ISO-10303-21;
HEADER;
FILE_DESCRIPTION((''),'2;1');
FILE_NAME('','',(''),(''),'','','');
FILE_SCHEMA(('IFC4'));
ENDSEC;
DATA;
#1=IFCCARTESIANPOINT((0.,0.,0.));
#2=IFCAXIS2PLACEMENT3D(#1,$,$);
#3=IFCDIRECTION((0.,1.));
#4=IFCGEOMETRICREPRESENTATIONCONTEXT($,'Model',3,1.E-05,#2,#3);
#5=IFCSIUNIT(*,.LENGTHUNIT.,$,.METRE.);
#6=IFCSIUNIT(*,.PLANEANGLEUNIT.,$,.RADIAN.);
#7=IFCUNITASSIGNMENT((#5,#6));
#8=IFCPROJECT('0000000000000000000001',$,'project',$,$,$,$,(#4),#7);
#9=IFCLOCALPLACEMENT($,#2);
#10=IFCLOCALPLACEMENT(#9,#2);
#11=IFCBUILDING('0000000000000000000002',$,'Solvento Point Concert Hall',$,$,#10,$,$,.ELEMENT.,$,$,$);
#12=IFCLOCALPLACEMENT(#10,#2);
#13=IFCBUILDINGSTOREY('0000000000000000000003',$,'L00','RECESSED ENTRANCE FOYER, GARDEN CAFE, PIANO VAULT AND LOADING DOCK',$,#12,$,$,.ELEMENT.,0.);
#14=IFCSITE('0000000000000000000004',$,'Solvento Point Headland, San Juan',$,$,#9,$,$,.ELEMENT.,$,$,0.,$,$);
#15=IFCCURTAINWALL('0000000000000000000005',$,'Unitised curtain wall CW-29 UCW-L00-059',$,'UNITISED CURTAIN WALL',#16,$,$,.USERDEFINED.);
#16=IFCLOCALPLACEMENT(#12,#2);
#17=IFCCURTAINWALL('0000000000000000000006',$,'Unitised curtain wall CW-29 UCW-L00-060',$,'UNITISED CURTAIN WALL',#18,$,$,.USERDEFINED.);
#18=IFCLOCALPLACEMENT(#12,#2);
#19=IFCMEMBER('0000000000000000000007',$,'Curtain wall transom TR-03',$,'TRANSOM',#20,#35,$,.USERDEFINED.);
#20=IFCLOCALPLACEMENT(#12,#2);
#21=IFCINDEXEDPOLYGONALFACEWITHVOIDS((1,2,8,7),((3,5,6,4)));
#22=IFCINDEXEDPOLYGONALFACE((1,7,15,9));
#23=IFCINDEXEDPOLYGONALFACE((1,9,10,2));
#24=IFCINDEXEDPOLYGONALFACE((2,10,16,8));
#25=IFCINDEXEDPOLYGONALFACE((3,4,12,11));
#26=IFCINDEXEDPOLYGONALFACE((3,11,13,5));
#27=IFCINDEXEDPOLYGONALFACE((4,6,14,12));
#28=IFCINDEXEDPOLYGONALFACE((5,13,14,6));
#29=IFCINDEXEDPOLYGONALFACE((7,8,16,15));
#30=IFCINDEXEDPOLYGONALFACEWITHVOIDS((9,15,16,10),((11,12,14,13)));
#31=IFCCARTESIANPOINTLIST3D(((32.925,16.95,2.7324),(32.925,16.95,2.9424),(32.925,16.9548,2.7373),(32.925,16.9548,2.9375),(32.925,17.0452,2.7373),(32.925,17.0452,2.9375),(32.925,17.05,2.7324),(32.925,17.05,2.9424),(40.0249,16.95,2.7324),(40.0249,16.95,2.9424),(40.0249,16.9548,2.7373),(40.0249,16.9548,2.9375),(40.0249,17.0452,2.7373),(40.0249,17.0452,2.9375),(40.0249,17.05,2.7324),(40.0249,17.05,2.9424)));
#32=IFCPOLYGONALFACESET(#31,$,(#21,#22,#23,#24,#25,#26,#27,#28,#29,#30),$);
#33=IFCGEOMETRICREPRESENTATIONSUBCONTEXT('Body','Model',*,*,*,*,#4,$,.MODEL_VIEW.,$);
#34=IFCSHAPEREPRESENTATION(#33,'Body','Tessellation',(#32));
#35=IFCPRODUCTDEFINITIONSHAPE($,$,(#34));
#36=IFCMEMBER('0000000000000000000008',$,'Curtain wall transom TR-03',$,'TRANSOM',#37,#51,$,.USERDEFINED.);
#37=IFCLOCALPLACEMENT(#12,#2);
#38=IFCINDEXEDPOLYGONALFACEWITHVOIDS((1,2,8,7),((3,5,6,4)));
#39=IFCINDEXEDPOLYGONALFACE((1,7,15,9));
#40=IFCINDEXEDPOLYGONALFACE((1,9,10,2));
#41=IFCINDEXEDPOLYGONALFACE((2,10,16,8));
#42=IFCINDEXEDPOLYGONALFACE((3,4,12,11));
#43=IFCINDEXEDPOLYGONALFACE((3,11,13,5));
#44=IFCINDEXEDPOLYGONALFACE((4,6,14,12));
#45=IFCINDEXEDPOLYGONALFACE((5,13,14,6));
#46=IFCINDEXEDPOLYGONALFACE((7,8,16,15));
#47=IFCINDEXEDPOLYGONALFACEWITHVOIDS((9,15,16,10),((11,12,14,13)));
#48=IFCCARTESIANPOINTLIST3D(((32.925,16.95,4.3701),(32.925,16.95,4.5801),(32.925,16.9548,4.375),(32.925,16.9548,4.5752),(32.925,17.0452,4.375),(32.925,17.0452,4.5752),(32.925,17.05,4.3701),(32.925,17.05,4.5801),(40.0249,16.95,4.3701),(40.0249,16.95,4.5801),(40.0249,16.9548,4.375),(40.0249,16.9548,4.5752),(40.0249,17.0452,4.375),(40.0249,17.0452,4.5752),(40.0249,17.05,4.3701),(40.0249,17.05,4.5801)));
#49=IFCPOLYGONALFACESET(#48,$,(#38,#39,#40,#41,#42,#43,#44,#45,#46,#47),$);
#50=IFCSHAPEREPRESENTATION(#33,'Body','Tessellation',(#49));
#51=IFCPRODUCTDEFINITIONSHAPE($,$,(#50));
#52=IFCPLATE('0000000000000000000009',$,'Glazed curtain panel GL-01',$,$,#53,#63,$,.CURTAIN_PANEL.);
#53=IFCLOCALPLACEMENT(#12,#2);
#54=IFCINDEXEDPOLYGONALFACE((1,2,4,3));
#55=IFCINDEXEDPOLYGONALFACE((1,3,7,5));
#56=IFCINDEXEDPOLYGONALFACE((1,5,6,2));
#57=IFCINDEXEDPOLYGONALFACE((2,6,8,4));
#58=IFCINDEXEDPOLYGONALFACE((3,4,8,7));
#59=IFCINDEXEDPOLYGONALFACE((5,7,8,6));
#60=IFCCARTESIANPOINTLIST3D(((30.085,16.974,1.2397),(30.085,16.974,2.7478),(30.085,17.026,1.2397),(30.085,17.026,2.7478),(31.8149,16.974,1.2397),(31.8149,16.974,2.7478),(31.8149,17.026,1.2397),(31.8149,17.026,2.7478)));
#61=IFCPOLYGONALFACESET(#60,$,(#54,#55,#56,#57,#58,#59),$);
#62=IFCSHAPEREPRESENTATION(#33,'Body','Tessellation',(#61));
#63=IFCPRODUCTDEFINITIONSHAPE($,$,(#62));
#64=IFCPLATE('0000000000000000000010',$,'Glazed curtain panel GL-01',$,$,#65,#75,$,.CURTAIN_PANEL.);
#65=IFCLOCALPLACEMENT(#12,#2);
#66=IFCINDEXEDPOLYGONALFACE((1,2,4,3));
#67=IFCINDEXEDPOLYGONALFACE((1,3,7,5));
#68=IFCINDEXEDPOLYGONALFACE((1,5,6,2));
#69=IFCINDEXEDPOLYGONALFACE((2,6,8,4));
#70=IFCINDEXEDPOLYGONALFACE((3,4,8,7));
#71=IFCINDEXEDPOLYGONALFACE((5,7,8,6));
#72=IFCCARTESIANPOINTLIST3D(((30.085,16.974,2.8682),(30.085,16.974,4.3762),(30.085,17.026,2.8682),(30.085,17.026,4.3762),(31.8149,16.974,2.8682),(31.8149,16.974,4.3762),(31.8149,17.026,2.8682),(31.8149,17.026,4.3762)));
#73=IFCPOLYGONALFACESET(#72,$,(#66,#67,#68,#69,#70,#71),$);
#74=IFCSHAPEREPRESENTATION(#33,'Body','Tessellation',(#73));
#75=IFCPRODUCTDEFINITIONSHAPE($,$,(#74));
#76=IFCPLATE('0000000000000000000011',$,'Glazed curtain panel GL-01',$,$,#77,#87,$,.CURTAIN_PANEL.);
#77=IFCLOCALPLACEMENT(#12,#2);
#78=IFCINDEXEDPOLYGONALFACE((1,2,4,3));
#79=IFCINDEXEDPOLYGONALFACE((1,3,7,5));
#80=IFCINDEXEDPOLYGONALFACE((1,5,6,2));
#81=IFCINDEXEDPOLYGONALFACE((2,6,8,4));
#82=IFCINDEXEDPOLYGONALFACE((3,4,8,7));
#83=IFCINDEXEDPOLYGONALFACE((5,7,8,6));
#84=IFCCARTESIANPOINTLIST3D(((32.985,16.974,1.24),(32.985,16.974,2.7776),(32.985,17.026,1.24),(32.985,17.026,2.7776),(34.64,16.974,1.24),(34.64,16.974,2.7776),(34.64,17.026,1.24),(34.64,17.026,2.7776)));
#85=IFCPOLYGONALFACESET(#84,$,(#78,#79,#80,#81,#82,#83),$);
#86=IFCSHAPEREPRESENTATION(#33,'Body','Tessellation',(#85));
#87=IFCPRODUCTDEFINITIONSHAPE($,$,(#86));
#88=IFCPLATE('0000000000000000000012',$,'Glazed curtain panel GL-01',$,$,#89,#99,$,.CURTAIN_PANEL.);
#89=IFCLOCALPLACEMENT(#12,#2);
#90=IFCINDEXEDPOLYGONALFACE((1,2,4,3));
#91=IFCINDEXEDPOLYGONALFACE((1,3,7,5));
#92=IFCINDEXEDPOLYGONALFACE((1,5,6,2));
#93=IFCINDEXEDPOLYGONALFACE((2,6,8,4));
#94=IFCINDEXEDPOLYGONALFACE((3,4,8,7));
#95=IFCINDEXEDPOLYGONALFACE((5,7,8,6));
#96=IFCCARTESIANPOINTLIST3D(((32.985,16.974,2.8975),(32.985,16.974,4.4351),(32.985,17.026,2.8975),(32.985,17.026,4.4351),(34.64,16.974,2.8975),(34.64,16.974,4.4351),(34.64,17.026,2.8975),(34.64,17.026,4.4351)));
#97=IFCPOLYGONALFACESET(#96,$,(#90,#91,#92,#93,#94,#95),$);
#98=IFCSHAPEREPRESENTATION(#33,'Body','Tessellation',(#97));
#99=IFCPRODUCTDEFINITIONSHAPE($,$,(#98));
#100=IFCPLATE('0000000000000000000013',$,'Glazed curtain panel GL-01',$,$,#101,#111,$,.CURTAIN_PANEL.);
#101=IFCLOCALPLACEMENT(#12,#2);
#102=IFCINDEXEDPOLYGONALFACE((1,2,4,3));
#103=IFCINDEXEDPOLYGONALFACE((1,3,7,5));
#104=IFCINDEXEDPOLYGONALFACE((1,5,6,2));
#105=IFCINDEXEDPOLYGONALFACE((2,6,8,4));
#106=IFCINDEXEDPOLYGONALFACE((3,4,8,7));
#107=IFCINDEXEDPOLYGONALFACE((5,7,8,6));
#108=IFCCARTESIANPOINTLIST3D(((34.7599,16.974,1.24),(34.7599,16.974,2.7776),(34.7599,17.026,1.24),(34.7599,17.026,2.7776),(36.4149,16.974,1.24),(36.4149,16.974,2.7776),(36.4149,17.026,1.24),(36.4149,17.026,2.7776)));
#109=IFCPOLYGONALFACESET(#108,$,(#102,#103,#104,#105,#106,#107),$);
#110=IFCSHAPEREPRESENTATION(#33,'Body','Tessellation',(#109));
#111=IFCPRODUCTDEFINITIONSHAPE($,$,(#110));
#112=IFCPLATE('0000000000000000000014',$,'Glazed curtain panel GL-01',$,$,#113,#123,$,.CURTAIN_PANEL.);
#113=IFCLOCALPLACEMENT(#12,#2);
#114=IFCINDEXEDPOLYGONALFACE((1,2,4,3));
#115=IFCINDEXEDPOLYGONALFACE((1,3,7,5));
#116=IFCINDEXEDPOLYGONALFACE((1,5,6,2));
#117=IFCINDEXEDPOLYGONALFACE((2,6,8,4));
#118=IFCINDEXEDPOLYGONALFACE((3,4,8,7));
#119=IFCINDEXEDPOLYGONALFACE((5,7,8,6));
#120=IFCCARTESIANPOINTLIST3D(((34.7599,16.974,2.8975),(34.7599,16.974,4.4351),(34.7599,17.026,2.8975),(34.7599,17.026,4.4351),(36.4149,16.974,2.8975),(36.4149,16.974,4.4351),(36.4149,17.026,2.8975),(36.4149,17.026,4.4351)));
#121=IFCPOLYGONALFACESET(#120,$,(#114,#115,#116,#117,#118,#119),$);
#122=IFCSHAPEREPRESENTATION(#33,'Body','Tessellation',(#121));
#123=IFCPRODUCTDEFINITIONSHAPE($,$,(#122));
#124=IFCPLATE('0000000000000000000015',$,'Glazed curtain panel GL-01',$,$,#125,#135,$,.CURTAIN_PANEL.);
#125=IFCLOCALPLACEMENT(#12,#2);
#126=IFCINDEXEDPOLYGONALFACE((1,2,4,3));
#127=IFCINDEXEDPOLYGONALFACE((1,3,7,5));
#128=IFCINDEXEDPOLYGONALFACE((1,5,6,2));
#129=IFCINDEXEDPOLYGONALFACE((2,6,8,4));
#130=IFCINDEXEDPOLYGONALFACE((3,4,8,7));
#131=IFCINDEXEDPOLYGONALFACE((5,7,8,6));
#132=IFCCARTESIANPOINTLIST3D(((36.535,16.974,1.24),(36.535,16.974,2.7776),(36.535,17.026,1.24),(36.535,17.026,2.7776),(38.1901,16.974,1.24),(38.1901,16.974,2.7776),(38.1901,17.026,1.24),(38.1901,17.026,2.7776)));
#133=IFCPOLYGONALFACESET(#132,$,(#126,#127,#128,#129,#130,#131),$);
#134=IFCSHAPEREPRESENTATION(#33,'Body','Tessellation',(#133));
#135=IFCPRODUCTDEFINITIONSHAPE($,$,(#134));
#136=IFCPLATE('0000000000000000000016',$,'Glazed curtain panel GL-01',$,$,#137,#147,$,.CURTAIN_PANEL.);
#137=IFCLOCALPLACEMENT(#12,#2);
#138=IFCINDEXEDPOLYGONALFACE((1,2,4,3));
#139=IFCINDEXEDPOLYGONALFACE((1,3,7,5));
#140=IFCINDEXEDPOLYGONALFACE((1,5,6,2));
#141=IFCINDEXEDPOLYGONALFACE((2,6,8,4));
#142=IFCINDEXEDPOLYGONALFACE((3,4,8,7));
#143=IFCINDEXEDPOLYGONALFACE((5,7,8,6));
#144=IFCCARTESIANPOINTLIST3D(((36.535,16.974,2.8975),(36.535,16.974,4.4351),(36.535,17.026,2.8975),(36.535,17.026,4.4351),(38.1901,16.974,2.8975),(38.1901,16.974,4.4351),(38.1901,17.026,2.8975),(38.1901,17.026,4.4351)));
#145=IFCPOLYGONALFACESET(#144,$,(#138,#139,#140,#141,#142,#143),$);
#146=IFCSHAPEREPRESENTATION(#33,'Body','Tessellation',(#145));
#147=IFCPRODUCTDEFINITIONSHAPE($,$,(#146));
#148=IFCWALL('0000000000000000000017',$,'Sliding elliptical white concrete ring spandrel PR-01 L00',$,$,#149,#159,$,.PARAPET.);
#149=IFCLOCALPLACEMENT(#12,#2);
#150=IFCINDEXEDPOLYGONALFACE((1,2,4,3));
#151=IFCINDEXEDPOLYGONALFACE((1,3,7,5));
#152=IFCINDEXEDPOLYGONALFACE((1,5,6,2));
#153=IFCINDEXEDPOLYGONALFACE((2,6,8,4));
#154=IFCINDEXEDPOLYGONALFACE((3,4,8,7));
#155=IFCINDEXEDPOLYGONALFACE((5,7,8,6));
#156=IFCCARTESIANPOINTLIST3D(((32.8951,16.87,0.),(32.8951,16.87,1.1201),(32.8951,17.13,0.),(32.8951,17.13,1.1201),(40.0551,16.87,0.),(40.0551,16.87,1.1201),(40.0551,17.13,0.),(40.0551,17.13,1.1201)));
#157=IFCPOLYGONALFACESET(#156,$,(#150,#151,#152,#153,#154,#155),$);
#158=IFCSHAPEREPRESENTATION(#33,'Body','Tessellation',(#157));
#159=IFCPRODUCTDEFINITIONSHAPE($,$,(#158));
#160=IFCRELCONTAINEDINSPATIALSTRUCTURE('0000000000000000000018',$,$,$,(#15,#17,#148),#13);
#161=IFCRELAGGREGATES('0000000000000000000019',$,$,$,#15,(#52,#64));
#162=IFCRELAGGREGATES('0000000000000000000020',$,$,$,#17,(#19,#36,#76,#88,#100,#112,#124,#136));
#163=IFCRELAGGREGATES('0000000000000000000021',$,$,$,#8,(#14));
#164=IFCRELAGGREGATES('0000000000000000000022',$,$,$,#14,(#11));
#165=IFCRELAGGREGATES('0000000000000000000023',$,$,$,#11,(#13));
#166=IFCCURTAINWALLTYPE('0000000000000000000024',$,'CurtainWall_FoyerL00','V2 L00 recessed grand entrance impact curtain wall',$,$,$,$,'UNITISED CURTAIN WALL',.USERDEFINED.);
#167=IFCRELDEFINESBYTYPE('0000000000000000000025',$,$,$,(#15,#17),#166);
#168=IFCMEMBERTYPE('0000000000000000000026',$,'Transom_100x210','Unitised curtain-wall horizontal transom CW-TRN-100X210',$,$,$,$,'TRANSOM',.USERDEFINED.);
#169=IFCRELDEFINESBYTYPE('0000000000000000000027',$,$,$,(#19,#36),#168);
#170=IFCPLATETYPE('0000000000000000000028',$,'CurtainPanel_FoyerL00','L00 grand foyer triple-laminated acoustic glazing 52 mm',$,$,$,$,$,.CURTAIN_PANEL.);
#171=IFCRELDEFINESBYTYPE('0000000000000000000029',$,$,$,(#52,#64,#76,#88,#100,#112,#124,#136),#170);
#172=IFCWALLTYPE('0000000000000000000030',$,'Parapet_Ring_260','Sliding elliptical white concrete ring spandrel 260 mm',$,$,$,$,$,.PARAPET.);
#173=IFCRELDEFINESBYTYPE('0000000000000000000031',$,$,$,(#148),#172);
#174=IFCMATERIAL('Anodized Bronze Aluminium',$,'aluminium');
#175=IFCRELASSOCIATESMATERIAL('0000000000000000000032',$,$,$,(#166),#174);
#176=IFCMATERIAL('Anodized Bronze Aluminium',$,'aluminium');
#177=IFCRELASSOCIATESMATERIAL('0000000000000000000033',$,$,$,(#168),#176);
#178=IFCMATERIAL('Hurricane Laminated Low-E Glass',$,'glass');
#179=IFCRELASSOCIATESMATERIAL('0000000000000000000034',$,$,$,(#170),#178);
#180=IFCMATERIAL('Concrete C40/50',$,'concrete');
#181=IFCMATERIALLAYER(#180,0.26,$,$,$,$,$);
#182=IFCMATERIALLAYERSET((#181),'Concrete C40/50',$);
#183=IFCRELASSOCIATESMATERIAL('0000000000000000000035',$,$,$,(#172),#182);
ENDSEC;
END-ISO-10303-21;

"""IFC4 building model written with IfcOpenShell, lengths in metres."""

from ifc_helpers import new_model, si_unit, direction, frame, frame_2d, origin, origin_2d, place, context, subcontext, project, spatial, rectangle, hollow_rectangle, extrude, material, layer, layer_set, material_profile, profile_set, type_object, element, aggregate, save


model = new_model("IFC4")

# Units and contexts
model_context = context("Model", 3, precision=1e-05, world=origin(), true_north=direction((0.0, 1.0)))
body_context = subcontext(model_context, "Body", "Model", "MODEL_VIEW")
ifc_project = project(units=[si_unit("LENGTHUNIT", "METRE"), si_unit("PLANEANGLEUNIT", "RADIAN")], contexts=[model_context])

# Site, building, storey
site_placement = place(None, origin())
site = spatial("IfcSite", under=ifc_project, at=site_placement, Name="Solvento Point Headland, San Juan", CompositionType="ELEMENT", RefElevation=0.0)
building_placement = place(site_placement, origin())
building = spatial("IfcBuilding", under=site, at=building_placement, Name="Solvento Point Concert Hall", CompositionType="ELEMENT")
storey_placement = place(building_placement, origin())
storey = spatial("IfcBuildingStorey", under=building, at=storey_placement, Name="L00", Description="RECESSED ENTRANCE FOYER, GARDEN CAFE, PIANO VAULT AND LOADING DOCK", CompositionType="ELEMENT", Elevation=0.0)

# Curtain wall
ifc_material_1 = material(Name="Anodized Bronze Aluminium", Category="aluminium")
curtain_wall_type = type_object("IfcCurtainWallType", Name="CurtainWall_FoyerL00", Description="V2 L00 recessed grand entrance impact curtain wall", ElementType="UNITISED CURTAIN WALL", PredefinedType="USERDEFINED", material=ifc_material_1)
curtain_wall_1_placement = place(storey_placement, origin())
curtain_wall_1 = element("IfcCurtainWall", 1, at=curtain_wall_1_placement, inside=storey, type_object=curtain_wall_type, Name="Unitised curtain wall CW-29 UCW-L00-059", ObjectType="UNITISED CURTAIN WALL", PredefinedType="USERDEFINED")

# Curtain wall, members
curtain_wall_2_placement = place(storey_placement, origin())
curtain_wall_2 = element("IfcCurtainWall", 2, at=curtain_wall_2_placement, inside=storey, type_object=curtain_wall_type, Name="Unitised curtain wall CW-29 UCW-L00-060", ObjectType="UNITISED CURTAIN WALL", PredefinedType="USERDEFINED")
ifc_material_2 = material(Name="Anodized Bronze Aluminium", Category="aluminium")
ifc_material_profile_1 = material_profile(ifc_material_2, hollow_rectangle(XDim=0.1001, YDim=0.21, WallThickness=0.0049, at=origin_2d()), Name="CW-TRN-100X210")
ifc_profile_set_1 = profile_set([ifc_material_profile_1], Name="Anodized Bronze Aluminium")
member_type_1 = type_object("IfcMemberType", Name="Transom_100x210", Description="Unitised curtain-wall horizontal transom CW-TRN-100X210", ElementType="TRANSOM", PredefinedType="USERDEFINED", material=ifc_profile_set_1)
member_1_placement = place(storey_placement, frame((32.925, 17.0, 2.8374), z_axis=(1.0, 0.0, 0.0), x_axis=(0.0, 1.0, 0.0)))
member_1 = element("IfcMember", 3, at=member_1_placement, type_object=member_type_1, Name="Curtain wall transom TR-03", ObjectType="TRANSOM", PredefinedType="USERDEFINED", context=body_context, shape_type="SweptSolid", body=[
    extrude(hollow_rectangle(XDim=0.1001, YDim=0.21, WallThickness=0.0049, at=origin_2d()), origin(), (0.0, 0.0, 1.0), 7.0999),
])
member_2_placement = place(storey_placement, frame((32.925, 17.0, 4.4751), z_axis=(1.0, 0.0, 0.0), x_axis=(0.0, 1.0, 0.0)))
member_2 = element("IfcMember", 4, at=member_2_placement, type_object=member_type_1, Name="Curtain wall transom TR-03", ObjectType="TRANSOM", PredefinedType="USERDEFINED", context=body_context, shape_type="SweptSolid", body=[
    extrude(hollow_rectangle(XDim=0.1001, YDim=0.21, WallThickness=0.0049, at=origin_2d()), origin(), (0.0, 0.0, 1.0), 7.0999),
])

# Plates
ifc_material_3 = material(Name="Hurricane Laminated Low-E Glass", Category="glass")
plate_type = type_object("IfcPlateType", Name="CurtainPanel_FoyerL00", Description="L00 grand foyer triple-laminated acoustic glazing 52 mm", PredefinedType="CURTAIN_PANEL", material=ifc_material_3)
plate_1_placement = place(storey_placement, frame((30.95, 17.0, 1.2397), z_axis=(0.0, 0.0, 1.0), x_axis=(1.0, 0.0, 0.0)))
plate_1 = element("IfcPlate", 5, at=plate_1_placement, type_object=plate_type, Name="Glazed curtain panel GL-01", PredefinedType="CURTAIN_PANEL", context=body_context, shape_type="SweptSolid", body=[
    extrude(rectangle(XDim=1.73, YDim=0.052, at=origin_2d()), origin(), (0.0, 0.0, 1.0), 1.5081),
])
plate_2_placement = place(storey_placement, frame((30.95, 17.0, 2.8682), z_axis=(0.0, 0.0, 1.0), x_axis=(1.0, 0.0, 0.0)))
plate_2 = element("IfcPlate", 6, at=plate_2_placement, type_object=plate_type, Name="Glazed curtain panel GL-01", PredefinedType="CURTAIN_PANEL", context=body_context, shape_type="SweptSolid", body=[
    extrude(rectangle(XDim=1.73, YDim=0.052, at=origin_2d()), origin(), (0.0, 0.0, 1.0), 1.5081),
])
aggregate(curtain_wall_1, [plate_1, plate_2])
plate_3_placement = place(storey_placement, frame((33.8125, 17.0, 1.24), z_axis=(0.0, 0.0, 1.0), x_axis=(1.0, 0.0, 0.0)))
plate_3 = element("IfcPlate", 7, at=plate_3_placement, type_object=plate_type, Name="Glazed curtain panel GL-01", PredefinedType="CURTAIN_PANEL", context=body_context, shape_type="SweptSolid", body=[
    extrude(rectangle(XDim=1.655, YDim=0.052, at=origin_2d()), origin(), (0.0, 0.0, 1.0), 1.5376),
])
plate_4_placement = place(storey_placement, frame((33.8125, 17.0, 2.8975), z_axis=(0.0, 0.0, 1.0), x_axis=(1.0, 0.0, 0.0)))
plate_4 = element("IfcPlate", 8, at=plate_4_placement, type_object=plate_type, Name="Glazed curtain panel GL-01", PredefinedType="CURTAIN_PANEL", context=body_context, shape_type="SweptSolid", body=[
    extrude(rectangle(XDim=1.655, YDim=0.052, at=origin_2d()), origin(), (0.0, 0.0, 1.0), 1.5376),
])
plate_5_placement = place(storey_placement, frame((35.5874, 17.0, 1.24), z_axis=(0.0, 0.0, 1.0), x_axis=(1.0, 0.0, 0.0)))
plate_5 = element("IfcPlate", 9, at=plate_5_placement, type_object=plate_type, Name="Glazed curtain panel GL-01", PredefinedType="CURTAIN_PANEL", context=body_context, shape_type="SweptSolid", body=[
    extrude(rectangle(XDim=1.655, YDim=0.052, at=origin_2d()), origin(), (0.0, 0.0, 1.0), 1.5376),
])
plate_6_placement = place(storey_placement, frame((35.5874, 17.0, 2.8975), z_axis=(0.0, 0.0, 1.0), x_axis=(1.0, 0.0, 0.0)))
plate_6 = element("IfcPlate", 10, at=plate_6_placement, type_object=plate_type, Name="Glazed curtain panel GL-01", PredefinedType="CURTAIN_PANEL", context=body_context, shape_type="SweptSolid", body=[
    extrude(rectangle(XDim=1.655, YDim=0.052, at=origin_2d()), origin(), (0.0, 0.0, 1.0), 1.5376),
])
plate_7_placement = place(storey_placement, frame((37.3625, 17.0, 1.24), z_axis=(0.0, 0.0, 1.0), x_axis=(1.0, 0.0, 0.0)))
plate_7 = element("IfcPlate", 11, at=plate_7_placement, type_object=plate_type, Name="Glazed curtain panel GL-01", PredefinedType="CURTAIN_PANEL", context=body_context, shape_type="SweptSolid", body=[
    extrude(rectangle(XDim=1.655, YDim=0.052, at=origin_2d()), origin(), (0.0, 0.0, 1.0), 1.5376),
])
plate_8_placement = place(storey_placement, frame((37.3625, 17.0, 2.8975), z_axis=(0.0, 0.0, 1.0), x_axis=(1.0, 0.0, 0.0)))
plate_8 = element("IfcPlate", 12, at=plate_8_placement, type_object=plate_type, Name="Glazed curtain panel GL-01", PredefinedType="CURTAIN_PANEL", context=body_context, shape_type="SweptSolid", body=[
    extrude(rectangle(XDim=1.655, YDim=0.052, at=origin_2d()), origin(), (0.0, 0.0, 1.0), 1.5376),
])
aggregate(curtain_wall_2, [member_1, member_2, plate_3, plate_4, plate_5, plate_6, plate_7, plate_8])

# Wall
ifc_material_4 = material(Name="Concrete C40/50", Category="concrete")
ifc_layer = layer(ifc_material_4, 0.26)
ifc_layer_set = layer_set([ifc_layer], Name="Concrete C40/50")
wall_type = type_object("IfcWallType", Name="Parapet_Ring_260", Description="Sliding elliptical white concrete ring spandrel 260 mm", PredefinedType="PARAPET", material=ifc_layer_set)
wall_placement = place(storey_placement, frame((32.895, 17.0, 0.0), z_axis=(0.0, 0.0, 1.0), x_axis=(1.0, 0.0, 0.0)))
element("IfcWall", 13, at=wall_placement, inside=storey, type_object=wall_type, Name="Sliding elliptical white concrete ring spandrel PR-01 L00", PredefinedType="PARAPET", context=body_context, shape_type="SweptSolid", body=[
    extrude(rectangle(XDim=7.1599, YDim=0.26, at=frame_2d((3.5801, 0.0))), origin(), (0.0, 0.0, 1.0), 1.1201),
])

save(model, "model.ifc")
